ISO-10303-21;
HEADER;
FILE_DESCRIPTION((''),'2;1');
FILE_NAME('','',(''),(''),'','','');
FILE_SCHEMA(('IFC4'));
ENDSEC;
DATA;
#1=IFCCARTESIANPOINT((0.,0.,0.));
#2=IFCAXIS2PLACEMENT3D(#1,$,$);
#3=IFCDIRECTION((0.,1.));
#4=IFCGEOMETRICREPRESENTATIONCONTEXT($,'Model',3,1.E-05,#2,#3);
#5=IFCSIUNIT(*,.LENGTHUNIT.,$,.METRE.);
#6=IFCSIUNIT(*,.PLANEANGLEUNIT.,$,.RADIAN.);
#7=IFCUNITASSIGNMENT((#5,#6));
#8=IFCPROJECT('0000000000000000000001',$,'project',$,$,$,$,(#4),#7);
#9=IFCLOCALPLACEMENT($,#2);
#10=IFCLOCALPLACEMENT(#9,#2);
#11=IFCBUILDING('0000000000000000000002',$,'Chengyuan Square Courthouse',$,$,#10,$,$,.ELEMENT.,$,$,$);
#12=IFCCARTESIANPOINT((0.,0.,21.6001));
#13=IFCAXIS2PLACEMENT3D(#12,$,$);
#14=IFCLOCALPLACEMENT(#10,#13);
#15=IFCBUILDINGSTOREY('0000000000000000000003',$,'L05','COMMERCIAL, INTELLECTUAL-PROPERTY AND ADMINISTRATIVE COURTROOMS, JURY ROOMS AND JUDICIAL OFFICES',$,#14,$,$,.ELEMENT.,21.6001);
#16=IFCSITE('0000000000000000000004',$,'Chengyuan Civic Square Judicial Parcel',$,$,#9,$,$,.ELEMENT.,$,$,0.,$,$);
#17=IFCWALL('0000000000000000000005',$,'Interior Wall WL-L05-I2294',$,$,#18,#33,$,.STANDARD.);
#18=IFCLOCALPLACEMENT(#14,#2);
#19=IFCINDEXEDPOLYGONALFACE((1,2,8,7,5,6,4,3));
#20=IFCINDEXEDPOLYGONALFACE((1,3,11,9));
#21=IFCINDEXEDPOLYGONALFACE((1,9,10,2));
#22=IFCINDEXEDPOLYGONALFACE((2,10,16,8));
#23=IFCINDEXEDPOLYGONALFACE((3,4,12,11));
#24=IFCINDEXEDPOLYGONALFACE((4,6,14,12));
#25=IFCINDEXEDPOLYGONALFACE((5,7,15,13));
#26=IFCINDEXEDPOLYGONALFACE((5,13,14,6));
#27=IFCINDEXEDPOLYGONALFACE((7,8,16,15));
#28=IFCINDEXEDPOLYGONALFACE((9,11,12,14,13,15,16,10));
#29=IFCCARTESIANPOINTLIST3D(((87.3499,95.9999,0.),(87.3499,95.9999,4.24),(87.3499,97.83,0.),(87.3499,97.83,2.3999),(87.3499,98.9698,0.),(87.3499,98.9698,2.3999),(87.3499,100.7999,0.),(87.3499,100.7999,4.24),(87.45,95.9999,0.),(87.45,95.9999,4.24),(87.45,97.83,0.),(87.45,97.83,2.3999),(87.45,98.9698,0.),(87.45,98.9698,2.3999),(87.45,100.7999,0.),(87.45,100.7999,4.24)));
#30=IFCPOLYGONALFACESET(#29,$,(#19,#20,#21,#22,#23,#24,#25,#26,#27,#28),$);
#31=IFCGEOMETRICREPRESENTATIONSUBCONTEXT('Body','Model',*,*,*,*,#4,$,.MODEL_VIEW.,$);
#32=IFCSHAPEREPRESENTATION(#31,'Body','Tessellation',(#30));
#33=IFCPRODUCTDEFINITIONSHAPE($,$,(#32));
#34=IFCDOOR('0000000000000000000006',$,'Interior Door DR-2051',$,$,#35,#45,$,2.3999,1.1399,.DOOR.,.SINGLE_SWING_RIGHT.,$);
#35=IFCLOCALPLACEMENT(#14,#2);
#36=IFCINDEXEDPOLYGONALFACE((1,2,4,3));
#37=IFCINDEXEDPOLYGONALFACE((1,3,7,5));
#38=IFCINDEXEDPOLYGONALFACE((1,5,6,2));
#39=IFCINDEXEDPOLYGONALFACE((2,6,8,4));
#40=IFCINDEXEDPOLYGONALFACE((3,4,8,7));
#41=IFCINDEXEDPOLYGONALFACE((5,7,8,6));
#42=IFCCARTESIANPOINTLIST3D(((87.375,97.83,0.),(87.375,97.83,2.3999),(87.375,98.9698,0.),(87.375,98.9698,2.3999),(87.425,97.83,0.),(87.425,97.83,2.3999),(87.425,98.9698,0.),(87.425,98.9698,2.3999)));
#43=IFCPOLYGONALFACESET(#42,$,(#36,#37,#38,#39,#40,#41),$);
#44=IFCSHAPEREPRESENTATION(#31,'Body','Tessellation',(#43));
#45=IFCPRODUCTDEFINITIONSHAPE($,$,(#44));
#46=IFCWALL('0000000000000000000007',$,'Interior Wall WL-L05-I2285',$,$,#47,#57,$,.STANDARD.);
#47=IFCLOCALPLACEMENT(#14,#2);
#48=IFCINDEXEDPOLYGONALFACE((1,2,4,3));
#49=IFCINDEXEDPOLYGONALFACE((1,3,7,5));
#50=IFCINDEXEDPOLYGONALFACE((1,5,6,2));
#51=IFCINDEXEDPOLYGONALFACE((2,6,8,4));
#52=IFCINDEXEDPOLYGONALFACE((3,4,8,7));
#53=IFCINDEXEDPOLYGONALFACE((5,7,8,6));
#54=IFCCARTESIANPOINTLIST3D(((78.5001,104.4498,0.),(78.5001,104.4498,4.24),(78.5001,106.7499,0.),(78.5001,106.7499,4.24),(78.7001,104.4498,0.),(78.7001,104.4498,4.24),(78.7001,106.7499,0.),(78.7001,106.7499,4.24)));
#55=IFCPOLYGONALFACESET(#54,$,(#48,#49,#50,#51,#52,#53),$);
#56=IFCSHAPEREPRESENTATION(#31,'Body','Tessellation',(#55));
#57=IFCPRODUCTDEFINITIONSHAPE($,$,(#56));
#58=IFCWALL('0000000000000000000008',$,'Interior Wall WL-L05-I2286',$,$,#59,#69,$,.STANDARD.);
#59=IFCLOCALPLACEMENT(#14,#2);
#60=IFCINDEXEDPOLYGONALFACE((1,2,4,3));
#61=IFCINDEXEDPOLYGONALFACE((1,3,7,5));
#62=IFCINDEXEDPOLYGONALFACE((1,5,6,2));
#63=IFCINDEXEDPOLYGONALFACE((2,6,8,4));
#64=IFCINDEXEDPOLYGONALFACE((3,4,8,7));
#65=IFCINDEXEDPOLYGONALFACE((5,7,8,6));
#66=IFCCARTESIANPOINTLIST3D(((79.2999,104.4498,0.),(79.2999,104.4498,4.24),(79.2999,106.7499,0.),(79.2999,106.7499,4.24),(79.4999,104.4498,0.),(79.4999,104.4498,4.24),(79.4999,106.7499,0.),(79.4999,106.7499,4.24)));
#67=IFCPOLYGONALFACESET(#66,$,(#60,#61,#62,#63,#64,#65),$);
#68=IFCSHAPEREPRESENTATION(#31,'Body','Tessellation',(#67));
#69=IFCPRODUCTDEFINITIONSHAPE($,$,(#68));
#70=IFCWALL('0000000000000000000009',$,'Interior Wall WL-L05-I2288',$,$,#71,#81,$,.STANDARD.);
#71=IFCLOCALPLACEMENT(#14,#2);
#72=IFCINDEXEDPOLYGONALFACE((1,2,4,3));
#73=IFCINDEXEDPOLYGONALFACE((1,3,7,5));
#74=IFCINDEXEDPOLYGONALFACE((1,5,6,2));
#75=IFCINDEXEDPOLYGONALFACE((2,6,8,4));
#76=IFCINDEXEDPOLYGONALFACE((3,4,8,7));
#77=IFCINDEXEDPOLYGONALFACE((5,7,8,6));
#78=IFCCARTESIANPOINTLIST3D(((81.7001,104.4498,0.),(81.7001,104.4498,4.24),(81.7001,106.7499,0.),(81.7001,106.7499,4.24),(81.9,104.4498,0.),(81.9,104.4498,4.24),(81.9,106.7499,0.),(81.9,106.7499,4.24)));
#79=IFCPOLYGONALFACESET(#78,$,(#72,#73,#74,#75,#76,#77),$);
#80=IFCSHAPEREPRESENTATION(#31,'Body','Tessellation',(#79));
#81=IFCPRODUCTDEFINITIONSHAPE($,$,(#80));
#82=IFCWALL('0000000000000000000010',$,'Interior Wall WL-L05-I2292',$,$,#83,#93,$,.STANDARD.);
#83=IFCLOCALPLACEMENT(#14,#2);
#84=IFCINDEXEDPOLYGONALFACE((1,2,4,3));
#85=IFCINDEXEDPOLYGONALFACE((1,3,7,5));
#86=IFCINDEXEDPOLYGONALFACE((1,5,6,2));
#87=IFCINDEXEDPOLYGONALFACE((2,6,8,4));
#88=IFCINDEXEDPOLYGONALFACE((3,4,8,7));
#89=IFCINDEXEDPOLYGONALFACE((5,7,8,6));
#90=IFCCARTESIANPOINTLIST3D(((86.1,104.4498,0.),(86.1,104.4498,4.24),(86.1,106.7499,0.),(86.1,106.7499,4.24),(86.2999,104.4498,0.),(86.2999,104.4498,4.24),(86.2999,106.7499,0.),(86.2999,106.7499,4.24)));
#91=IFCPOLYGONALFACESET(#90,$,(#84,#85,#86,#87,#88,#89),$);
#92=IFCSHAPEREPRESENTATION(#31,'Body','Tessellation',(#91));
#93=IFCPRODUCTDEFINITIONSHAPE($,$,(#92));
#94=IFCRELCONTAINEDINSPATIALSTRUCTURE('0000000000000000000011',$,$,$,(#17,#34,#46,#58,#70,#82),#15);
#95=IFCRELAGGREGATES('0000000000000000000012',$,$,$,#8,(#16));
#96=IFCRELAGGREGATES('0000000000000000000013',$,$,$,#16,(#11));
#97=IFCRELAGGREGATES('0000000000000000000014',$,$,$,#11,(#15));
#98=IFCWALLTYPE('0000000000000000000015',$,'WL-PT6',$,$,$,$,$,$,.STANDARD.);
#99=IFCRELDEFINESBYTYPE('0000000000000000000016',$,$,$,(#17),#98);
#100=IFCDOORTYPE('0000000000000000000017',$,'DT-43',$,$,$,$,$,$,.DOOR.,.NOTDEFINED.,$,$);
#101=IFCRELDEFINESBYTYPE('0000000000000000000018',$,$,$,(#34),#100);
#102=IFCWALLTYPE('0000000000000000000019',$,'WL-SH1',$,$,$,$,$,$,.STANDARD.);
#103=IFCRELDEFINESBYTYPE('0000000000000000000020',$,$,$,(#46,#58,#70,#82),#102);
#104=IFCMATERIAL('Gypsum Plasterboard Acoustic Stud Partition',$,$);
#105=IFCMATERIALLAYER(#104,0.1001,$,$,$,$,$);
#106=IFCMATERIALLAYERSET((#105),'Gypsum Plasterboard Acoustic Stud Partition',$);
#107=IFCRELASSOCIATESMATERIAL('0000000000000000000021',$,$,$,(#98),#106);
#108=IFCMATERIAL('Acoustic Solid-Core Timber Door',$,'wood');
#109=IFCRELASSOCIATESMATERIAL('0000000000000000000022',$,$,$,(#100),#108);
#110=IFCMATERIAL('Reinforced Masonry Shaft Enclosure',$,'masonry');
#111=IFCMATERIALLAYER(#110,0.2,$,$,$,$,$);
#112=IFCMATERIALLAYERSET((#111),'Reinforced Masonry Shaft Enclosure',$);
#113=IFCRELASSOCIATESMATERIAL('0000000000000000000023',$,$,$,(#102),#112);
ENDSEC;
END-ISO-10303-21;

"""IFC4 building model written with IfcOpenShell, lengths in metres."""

from ifc_helpers import new_model, si_unit, direction, frame, frame_2d, origin, place, context, subcontext, project, spatial, rectangle, extrude, material, layer, layer_set, type_object, element, fill, save


model = new_model("IFC4")

# Units and contexts
model_context = context("Model", 3, precision=1e-05, world=origin(), true_north=direction((0.0, 1.0)))
body_context = subcontext(model_context, "Body", "Model", "MODEL_VIEW")
ifc_project = project(units=[si_unit("LENGTHUNIT", "METRE"), si_unit("PLANEANGLEUNIT", "RADIAN")], contexts=[model_context])

# Site, building, storey
site_placement = place(None, origin())
site = spatial("IfcSite", under=ifc_project, at=site_placement, Name="Chengyuan Civic Square Judicial Parcel", CompositionType="ELEMENT", RefElevation=0.0)
building_placement = place(site_placement, origin())
building = spatial("IfcBuilding", under=site, at=building_placement, Name="Chengyuan Square Courthouse", CompositionType="ELEMENT")
storey_placement = place(building_placement, frame((0.0, 0.0, 21.6001)))
storey = spatial("IfcBuildingStorey", under=building, at=storey_placement, Name="L05", Description="COMMERCIAL, INTELLECTUAL-PROPERTY AND ADMINISTRATIVE COURTROOMS, JURY ROOMS AND JUDICIAL OFFICES", CompositionType="ELEMENT", Elevation=21.6001)

# Shared definitions
ifc_material_1 = material(Name="Gypsum Plasterboard Acoustic Stud Partition")
ifc_layer_1 = layer(ifc_material_1, 0.1001)
ifc_layer_set_1 = layer_set([ifc_layer_1], Name="Gypsum Plasterboard Acoustic Stud Partition")
wall_type_1 = type_object("IfcWallType", Name="WL-PT6", PredefinedType="STANDARD", material=ifc_layer_set_1)
ifc_material_2 = material(Name="Acoustic Solid-Core Timber Door", Category="wood")

# Wall, opening, door
wall_1_placement = place(storey_placement, frame((87.3999, 96.0, 0.0), z_axis=(0.0, 0.0, 1.0), x_axis=(0.0, 1.0, 0.0)))
wall_1 = element("IfcWall", 1, at=wall_1_placement, inside=storey, type_object=wall_type_1, Name="Interior Wall WL-L05-I2294", PredefinedType="STANDARD", context=body_context, shape_type="SweptSolid", body=[
    extrude(rectangle(XDim=4.8, YDim=0.1001, at=frame_2d((2.3999, 0.0))), origin(), (0.0, 0.0, 1.0), 4.24),
])
opening_1_placement = place(wall_1_placement, frame((1.8301, 0.0, 0.0)))
opening_1 = element("IfcOpeningElement", 2, at=opening_1_placement, cuts=wall_1, PredefinedType="OPENING", context=body_context, shape_type="SweptSolid", body=[
    extrude(rectangle(XDim=1.1399, YDim=2.3999, at=frame_2d((0.5698, 1.2))), frame((0.0, 0.062, 0.0), z_axis=(0.0, -1.0, 0.0), x_axis=(1.0, 0.0, 0.0)), (0.0, 0.0, 1.0), 0.124),
])
door_type_1 = type_object("IfcDoorType", Name="DT-43", OperationType="NOTDEFINED", PredefinedType="DOOR", material=ifc_material_2)
door_1_placement = place(opening_1_placement, origin())
door_1 = element("IfcDoor", 3, at=door_1_placement, inside=storey, type_object=door_type_1, Name="Interior Door DR-2051", OperationType="SINGLE_SWING_RIGHT", OverallHeight=2.3999, OverallWidth=1.1399, PredefinedType="DOOR", context=body_context, shape_type="SweptSolid", body=[
    extrude(rectangle(XDim=1.1399, YDim=2.3999, at=frame_2d((0.5698, 1.2))), frame((0.0, 0.0249, 0.0), z_axis=(0.0, -1.0, 0.0), x_axis=(1.0, 0.0, 0.0)), (0.0, 0.0, 1.0), 0.05),
])
fill(opening_1, door_1)
ifc_material_3 = material(Name="Reinforced Masonry Shaft Enclosure", Category="masonry")
ifc_layer_2 = layer(ifc_material_3, 0.2)
ifc_layer_set_2 = layer_set([ifc_layer_2], Name="Reinforced Masonry Shaft Enclosure")
wall_type_2 = type_object("IfcWallType", Name="WL-SH1", PredefinedType="STANDARD", material=ifc_layer_set_2)

# Walls
for number, where, z_axis, x_axis, name in (
    (4, (78.6001, 104.45, 0.0), (0.0, 0.0, 1.0), (0.0, 1.0, 0.0), "Interior Wall WL-L05-I2285"),
    (5, (79.3999, 104.45, 0.0), (0.0, 0.0, 1.0), (0.0, 1.0, 0.0), "Interior Wall WL-L05-I2286"),
    (6, (81.8, 104.45, 0.0), (0.0, 0.0, 1.0), (0.0, 1.0, 0.0), "Interior Wall WL-L05-I2288"),
    (7, (86.2, 104.45, 0.0), (0.0, 0.0, 1.0), (0.0, 1.0, 0.0), "Interior Wall WL-L05-I2292"),
):
    element("IfcWall", number, at=place(storey_placement, frame(where, z_axis=z_axis, x_axis=x_axis)), inside=storey, type_object=wall_type_2, Name=name, PredefinedType="STANDARD", context=body_context, shape_type="SweptSolid", body=[
        extrude(rectangle(XDim=2.3, YDim=0.2, at=frame_2d((1.1499, 0.0))), origin(), (0.0, 0.0, 1.0), 4.24),
    ])

save(model, "model.ifc")
